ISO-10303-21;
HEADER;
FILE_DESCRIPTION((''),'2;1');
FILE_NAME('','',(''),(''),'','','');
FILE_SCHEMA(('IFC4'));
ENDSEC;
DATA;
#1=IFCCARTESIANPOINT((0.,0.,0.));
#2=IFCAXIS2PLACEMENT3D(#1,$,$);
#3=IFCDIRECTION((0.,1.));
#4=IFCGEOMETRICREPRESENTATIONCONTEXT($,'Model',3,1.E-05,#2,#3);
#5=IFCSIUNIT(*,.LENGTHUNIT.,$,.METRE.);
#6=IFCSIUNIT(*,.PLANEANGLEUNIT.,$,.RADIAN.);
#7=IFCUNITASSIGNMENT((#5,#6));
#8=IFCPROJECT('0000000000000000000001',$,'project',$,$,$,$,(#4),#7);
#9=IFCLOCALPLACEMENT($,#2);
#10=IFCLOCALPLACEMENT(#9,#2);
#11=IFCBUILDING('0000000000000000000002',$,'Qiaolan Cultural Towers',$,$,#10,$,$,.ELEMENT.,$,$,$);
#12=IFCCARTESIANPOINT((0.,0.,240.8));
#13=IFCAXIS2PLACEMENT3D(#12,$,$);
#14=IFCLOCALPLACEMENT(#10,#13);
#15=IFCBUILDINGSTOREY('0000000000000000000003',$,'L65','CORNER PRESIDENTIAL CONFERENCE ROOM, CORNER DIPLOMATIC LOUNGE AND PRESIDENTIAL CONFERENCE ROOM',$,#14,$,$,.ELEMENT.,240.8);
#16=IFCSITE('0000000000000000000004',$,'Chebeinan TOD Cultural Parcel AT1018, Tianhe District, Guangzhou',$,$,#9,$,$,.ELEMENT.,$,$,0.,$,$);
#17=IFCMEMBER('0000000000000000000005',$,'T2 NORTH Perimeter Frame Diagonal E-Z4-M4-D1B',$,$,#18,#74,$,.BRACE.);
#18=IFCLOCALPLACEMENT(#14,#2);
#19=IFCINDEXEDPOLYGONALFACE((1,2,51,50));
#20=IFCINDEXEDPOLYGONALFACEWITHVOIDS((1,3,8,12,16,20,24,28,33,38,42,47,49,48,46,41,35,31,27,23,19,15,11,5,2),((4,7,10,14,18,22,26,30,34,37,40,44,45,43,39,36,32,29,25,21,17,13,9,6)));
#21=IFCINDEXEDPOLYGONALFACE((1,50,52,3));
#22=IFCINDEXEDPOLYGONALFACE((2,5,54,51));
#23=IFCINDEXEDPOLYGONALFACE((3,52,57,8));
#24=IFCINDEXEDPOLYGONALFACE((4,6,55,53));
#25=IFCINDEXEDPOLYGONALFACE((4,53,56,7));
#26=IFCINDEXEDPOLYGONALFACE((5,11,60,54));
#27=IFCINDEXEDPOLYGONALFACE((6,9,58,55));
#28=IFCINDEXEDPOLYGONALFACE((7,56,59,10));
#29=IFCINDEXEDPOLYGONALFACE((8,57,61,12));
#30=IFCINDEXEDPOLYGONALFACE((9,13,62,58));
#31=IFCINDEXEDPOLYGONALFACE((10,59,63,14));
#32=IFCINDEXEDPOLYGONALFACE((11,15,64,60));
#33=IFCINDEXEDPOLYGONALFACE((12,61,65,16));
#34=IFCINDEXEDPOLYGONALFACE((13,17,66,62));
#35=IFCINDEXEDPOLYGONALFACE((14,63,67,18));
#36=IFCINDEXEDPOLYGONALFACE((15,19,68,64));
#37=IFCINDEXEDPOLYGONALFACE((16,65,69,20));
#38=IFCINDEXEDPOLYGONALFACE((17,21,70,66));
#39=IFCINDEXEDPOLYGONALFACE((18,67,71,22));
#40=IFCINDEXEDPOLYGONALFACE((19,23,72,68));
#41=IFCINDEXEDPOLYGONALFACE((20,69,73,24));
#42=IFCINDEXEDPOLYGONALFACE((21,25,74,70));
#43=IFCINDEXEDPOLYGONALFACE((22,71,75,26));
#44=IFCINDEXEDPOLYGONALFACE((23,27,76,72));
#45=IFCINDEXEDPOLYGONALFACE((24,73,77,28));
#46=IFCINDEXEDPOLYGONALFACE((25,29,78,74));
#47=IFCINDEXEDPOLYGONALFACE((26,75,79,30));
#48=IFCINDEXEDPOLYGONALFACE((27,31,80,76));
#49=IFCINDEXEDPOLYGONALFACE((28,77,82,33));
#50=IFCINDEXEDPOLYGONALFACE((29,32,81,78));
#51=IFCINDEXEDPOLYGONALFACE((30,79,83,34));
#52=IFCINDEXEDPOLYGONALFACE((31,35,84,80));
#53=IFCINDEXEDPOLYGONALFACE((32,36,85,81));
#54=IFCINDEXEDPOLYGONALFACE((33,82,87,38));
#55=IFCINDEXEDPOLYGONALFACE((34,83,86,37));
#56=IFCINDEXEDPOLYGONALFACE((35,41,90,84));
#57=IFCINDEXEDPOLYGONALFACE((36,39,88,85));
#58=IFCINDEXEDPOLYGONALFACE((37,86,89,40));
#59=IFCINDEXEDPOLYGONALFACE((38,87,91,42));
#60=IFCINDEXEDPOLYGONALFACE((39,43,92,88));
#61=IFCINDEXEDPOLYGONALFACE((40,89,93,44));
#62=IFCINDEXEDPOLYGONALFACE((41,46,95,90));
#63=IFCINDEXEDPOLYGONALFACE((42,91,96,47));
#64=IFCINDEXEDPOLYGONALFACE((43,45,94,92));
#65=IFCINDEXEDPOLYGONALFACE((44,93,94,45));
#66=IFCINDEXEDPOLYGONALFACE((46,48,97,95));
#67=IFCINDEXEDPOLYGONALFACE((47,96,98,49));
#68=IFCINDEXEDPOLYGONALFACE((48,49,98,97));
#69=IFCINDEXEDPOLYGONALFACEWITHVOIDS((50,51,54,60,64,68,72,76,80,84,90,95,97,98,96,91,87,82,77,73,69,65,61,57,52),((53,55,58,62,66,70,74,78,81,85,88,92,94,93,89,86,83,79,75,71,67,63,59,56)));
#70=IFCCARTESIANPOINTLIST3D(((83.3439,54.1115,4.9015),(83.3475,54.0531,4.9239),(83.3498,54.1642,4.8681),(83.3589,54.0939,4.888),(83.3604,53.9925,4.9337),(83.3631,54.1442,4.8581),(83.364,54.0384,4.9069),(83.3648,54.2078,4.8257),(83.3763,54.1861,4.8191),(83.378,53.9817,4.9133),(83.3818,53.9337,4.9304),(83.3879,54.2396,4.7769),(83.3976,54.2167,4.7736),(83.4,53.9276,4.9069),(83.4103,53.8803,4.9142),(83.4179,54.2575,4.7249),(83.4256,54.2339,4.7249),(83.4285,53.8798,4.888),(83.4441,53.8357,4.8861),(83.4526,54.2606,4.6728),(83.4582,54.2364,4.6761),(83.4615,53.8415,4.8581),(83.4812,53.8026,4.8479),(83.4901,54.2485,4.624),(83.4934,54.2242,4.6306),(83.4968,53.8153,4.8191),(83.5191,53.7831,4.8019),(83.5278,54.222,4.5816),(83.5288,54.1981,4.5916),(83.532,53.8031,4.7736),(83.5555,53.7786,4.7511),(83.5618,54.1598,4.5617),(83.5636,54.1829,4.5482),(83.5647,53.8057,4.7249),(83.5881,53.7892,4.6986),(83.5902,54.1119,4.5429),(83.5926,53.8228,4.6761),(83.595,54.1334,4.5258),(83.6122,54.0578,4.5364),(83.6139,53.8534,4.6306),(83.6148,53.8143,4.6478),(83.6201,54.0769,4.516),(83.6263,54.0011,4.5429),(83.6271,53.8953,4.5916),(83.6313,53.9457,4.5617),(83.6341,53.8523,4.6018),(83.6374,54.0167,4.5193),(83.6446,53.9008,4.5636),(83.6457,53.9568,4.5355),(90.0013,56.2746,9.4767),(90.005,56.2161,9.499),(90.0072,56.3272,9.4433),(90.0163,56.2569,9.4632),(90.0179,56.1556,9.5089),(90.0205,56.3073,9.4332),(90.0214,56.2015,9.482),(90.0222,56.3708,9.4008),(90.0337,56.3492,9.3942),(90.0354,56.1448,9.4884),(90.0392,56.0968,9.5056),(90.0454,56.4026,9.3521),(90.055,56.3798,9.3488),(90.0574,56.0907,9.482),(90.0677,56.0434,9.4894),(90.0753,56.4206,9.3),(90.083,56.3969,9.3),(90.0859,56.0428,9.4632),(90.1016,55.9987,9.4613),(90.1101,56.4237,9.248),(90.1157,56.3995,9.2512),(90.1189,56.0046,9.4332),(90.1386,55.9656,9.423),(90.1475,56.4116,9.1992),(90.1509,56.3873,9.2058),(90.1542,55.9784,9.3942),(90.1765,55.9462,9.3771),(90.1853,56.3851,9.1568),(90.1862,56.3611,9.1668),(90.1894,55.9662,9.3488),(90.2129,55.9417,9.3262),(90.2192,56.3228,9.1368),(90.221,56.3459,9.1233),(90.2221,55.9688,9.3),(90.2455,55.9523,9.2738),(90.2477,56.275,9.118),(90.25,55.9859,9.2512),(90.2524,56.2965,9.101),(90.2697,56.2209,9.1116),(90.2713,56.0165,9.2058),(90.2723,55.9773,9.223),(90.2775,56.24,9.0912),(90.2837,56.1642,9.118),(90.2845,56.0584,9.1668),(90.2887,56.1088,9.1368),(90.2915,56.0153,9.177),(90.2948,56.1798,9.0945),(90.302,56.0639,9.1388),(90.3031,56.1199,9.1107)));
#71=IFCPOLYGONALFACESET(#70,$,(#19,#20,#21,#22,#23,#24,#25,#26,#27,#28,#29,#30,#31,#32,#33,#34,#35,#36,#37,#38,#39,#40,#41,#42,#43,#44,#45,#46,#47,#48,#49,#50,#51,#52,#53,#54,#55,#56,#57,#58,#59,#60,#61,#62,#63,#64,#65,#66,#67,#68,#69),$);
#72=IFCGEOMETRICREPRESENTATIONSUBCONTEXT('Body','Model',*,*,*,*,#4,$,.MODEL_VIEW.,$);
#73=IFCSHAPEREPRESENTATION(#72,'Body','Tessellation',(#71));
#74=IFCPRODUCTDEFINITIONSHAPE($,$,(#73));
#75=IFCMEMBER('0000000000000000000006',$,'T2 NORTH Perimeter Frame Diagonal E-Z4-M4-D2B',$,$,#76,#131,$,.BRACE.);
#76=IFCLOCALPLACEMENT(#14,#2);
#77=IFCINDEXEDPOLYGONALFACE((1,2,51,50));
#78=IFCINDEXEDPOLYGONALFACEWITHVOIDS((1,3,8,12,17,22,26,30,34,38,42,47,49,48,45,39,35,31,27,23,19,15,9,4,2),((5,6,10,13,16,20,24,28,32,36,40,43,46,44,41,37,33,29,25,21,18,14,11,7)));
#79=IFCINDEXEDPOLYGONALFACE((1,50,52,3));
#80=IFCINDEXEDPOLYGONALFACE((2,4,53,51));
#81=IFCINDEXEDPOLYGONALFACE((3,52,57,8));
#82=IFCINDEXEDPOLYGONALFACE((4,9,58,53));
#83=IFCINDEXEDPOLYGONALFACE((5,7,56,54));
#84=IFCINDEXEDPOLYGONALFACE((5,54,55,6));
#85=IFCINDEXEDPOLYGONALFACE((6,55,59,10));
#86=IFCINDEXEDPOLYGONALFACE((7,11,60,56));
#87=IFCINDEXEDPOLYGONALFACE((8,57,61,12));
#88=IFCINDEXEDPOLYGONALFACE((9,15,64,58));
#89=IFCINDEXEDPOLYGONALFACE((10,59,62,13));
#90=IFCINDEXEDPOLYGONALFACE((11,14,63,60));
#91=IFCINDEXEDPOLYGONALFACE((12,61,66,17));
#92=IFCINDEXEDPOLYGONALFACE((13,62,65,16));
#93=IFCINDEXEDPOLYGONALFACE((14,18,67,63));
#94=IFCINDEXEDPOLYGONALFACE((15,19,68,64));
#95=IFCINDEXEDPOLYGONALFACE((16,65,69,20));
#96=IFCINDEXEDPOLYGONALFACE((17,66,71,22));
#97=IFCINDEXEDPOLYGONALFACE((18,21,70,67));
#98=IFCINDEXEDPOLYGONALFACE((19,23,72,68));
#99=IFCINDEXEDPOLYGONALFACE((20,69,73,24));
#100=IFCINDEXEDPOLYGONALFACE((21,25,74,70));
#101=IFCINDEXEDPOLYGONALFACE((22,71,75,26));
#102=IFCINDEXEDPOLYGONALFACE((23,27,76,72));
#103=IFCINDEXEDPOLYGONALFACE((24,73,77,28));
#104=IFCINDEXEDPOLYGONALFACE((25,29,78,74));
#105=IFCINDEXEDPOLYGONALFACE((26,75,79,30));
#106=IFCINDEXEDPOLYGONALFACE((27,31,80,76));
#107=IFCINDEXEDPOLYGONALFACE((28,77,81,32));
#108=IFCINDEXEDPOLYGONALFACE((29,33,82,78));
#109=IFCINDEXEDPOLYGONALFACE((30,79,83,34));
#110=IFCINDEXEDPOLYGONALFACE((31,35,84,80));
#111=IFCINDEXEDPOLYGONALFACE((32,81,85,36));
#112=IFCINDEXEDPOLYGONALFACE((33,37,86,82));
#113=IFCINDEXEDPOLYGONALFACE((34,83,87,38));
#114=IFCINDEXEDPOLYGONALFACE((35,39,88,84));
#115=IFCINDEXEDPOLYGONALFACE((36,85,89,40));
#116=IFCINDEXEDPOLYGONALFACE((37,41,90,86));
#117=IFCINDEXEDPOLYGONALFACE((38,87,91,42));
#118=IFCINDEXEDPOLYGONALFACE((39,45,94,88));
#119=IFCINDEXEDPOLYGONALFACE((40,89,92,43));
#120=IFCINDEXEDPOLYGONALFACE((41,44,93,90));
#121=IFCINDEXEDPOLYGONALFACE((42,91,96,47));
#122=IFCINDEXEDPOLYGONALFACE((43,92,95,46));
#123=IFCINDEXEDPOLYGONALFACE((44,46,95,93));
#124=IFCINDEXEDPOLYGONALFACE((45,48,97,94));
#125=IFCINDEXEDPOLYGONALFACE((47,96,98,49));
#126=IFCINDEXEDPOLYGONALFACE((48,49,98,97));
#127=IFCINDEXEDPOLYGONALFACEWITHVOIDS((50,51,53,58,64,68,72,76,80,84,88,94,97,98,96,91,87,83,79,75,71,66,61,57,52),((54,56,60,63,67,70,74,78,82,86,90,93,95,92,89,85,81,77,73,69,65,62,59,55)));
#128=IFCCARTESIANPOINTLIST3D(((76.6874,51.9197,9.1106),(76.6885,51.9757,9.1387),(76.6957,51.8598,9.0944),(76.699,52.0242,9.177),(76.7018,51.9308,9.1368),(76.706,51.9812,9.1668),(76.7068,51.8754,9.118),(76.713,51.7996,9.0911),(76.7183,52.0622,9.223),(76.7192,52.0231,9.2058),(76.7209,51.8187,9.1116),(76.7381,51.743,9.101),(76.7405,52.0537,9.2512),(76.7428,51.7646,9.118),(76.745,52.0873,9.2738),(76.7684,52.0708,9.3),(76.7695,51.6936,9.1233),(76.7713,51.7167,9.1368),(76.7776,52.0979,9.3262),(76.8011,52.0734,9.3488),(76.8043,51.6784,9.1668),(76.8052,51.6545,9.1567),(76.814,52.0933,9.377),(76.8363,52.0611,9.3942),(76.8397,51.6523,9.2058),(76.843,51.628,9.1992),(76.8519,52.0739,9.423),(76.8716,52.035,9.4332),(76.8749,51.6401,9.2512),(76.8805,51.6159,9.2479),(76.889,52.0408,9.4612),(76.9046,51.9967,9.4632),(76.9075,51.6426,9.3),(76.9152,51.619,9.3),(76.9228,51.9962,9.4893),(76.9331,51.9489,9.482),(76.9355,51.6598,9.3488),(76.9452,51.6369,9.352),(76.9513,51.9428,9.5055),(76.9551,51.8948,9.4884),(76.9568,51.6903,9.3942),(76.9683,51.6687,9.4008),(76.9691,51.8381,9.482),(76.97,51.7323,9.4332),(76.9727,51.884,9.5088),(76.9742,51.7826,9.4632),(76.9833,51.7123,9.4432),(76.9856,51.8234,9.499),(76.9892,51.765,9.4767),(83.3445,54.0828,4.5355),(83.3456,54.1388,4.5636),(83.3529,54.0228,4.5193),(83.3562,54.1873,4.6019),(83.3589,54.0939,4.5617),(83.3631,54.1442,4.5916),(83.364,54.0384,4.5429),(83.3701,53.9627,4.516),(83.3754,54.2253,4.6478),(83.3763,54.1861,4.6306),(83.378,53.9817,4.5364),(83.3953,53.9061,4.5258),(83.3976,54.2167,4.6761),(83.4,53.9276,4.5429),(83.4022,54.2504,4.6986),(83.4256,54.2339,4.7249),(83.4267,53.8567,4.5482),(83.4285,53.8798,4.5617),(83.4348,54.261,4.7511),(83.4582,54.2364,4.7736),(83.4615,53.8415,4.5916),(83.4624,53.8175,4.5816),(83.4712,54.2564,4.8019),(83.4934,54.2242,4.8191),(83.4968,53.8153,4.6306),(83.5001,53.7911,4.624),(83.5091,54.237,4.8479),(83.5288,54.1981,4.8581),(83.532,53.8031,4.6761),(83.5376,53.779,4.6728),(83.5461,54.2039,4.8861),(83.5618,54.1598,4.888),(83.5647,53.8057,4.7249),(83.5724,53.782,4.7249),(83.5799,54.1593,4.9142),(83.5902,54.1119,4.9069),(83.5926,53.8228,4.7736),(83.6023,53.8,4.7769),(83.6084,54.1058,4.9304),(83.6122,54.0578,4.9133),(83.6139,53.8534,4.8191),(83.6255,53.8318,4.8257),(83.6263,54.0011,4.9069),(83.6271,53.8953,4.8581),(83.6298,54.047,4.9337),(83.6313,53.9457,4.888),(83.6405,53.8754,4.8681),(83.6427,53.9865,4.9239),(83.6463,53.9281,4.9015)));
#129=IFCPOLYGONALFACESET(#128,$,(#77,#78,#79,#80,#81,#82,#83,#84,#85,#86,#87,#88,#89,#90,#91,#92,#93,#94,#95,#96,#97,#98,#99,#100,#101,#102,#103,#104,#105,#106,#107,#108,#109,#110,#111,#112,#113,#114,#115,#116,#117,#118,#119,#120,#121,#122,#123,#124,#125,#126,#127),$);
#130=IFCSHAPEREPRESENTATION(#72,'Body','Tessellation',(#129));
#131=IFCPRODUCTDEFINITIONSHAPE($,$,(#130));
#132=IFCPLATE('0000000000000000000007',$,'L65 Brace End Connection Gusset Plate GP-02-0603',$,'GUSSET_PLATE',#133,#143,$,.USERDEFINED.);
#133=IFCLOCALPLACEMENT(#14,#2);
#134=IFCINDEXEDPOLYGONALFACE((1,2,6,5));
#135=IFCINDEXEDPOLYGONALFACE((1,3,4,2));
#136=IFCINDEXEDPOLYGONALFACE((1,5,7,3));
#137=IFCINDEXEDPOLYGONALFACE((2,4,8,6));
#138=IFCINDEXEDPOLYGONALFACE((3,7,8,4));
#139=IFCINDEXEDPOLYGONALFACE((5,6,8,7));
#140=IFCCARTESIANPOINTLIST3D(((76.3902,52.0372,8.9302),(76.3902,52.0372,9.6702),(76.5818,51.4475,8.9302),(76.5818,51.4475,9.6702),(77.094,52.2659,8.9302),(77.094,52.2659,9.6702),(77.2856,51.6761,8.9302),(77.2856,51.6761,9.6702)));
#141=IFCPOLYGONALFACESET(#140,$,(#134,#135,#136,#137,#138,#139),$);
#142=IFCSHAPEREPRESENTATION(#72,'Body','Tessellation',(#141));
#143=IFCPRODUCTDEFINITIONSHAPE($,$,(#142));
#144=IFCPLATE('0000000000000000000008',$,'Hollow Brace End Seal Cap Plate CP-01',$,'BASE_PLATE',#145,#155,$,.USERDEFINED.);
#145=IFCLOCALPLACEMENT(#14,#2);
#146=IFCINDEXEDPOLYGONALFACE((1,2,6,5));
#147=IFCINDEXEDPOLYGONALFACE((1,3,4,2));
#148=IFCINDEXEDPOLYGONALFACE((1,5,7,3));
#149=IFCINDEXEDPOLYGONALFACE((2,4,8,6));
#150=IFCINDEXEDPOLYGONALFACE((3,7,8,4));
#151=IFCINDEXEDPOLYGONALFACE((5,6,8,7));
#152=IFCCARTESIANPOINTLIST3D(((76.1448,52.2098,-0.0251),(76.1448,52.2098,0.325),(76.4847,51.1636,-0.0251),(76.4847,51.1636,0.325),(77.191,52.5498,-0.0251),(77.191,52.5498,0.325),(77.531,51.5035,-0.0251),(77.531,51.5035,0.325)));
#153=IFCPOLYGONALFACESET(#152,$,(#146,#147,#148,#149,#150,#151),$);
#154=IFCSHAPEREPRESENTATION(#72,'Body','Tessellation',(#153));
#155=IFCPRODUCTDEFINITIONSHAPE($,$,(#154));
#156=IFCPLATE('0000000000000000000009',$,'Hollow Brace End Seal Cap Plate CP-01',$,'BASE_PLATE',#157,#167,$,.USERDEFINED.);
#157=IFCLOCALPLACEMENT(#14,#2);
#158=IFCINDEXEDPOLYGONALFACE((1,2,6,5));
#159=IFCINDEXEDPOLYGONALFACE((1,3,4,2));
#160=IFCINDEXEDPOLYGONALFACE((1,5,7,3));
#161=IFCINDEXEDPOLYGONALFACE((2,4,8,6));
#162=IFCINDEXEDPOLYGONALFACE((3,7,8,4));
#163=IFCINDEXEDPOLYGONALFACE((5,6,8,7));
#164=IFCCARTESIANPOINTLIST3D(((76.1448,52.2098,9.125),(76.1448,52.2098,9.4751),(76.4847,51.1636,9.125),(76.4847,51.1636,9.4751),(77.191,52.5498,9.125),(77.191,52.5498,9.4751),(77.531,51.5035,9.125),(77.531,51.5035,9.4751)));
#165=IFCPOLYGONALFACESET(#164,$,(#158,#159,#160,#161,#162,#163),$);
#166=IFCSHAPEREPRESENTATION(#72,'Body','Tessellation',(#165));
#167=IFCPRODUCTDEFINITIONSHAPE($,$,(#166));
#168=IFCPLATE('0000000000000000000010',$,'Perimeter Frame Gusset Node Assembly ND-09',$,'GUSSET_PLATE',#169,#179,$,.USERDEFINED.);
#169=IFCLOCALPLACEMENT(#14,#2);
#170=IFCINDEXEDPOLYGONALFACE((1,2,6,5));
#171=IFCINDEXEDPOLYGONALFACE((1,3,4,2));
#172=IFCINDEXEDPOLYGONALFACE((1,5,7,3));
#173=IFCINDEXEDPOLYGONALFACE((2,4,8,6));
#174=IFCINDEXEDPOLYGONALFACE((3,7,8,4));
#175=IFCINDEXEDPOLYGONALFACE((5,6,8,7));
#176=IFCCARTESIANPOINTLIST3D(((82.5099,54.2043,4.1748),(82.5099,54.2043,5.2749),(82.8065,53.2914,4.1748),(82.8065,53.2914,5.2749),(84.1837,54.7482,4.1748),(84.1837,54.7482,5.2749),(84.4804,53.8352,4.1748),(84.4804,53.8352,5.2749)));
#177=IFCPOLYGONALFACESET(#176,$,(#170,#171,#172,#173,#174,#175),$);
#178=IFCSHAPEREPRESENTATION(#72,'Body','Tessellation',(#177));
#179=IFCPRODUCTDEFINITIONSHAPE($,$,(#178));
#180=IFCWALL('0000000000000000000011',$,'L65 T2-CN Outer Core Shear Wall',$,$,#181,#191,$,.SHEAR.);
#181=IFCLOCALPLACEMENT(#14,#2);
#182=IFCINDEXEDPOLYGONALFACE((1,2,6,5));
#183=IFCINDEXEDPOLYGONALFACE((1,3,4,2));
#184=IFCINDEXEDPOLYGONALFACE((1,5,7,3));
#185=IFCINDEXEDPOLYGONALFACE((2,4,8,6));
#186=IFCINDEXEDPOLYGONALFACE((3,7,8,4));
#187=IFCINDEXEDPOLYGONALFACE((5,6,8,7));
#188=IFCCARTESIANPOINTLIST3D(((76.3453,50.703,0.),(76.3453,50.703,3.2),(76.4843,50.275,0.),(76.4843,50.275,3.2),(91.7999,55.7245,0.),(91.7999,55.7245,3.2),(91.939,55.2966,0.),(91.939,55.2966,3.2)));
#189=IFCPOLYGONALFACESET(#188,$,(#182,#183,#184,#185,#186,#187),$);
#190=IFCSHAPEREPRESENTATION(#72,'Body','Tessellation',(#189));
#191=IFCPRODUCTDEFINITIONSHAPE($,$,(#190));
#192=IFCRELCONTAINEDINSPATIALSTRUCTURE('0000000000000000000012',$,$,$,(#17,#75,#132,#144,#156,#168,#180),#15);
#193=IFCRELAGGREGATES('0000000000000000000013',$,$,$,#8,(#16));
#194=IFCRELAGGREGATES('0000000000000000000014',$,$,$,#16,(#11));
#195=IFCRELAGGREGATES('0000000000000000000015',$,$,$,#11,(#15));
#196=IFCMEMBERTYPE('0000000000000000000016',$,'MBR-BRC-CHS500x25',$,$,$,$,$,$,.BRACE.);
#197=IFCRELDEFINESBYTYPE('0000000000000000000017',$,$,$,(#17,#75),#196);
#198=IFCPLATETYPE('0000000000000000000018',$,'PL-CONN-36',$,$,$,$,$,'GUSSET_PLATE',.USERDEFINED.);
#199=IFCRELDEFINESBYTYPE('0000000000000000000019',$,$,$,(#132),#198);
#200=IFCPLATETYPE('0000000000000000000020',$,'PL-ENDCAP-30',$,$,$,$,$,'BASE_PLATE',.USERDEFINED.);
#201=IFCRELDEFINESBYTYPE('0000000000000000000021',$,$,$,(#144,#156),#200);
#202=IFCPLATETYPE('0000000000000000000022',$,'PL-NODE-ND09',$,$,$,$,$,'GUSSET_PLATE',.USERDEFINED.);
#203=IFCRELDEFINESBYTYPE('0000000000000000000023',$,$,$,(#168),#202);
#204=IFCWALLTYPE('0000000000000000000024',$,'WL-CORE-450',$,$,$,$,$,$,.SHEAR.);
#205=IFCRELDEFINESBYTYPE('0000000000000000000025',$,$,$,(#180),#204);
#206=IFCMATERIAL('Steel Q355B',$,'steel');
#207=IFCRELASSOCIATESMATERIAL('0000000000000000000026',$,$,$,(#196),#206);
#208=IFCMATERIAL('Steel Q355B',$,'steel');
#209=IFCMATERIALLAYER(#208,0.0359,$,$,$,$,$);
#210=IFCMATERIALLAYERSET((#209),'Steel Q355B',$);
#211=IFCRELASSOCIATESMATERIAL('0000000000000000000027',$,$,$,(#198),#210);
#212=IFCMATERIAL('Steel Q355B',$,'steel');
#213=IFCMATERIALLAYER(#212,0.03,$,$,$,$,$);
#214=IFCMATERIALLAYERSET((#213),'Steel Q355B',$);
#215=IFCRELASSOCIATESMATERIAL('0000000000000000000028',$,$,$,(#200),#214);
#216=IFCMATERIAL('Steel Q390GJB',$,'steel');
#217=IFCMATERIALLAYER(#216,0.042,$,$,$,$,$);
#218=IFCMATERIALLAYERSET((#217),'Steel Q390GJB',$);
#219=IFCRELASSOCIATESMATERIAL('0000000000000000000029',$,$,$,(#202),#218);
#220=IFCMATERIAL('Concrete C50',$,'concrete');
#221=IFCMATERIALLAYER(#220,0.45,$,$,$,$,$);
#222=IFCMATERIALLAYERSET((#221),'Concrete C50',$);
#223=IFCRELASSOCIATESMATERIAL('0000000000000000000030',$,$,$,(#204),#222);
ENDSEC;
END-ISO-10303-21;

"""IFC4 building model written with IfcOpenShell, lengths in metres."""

from ifc_helpers import new_model, si_unit, direction, frame, frame_2d, origin, origin_2d, place, context, subcontext, project, spatial, rectangle, hollow_circle, extrude, material, layer, layer_set, material_profile, profile_set, type_object, element, save


model = new_model("IFC4")

# Units and contexts
model_context = context("Model", 3, precision=1e-05, world=origin(), true_north=direction((0.0, 1.0)))
body_context = subcontext(model_context, "Body", "Model", "MODEL_VIEW")
ifc_project = project(units=[si_unit("LENGTHUNIT", "METRE"), si_unit("PLANEANGLEUNIT", "RADIAN")], contexts=[model_context])

# Site, building, storey
site_placement = place(None, origin())
site = spatial("IfcSite", under=ifc_project, at=site_placement, Name="Chebeinan TOD Cultural Parcel AT1018, Tianhe District, Guangzhou", CompositionType="ELEMENT", RefElevation=0.0)
building_placement = place(site_placement, origin())
building = spatial("IfcBuilding", under=site, at=building_placement, Name="Qiaolan Cultural Towers", CompositionType="ELEMENT")
storey_placement = place(building_placement, frame((0.0, 0.0, 240.8)))
storey = spatial("IfcBuildingStorey", under=building, at=storey_placement, Name="L65", Description="CORNER PRESIDENTIAL CONFERENCE ROOM, CORNER DIPLOMATIC LOUNGE AND PRESIDENTIAL CONFERENCE ROOM", CompositionType="ELEMENT", Elevation=240.8)

# Members
ifc_material_1 = material(Name="Steel Q355B", Category="steel")
ifc_material_profile_1 = material_profile(ifc_material_1, hollow_circle(Radius=0.25, WallThickness=0.0249, at=origin_2d()), Name="CHS500x25")
ifc_profile_set_1 = profile_set([ifc_material_profile_1], Name="Steel Q355B")
member_type = type_object("IfcMemberType", Name="MBR-BRC-CHS500x25", PredefinedType="BRACE", material=ifc_profile_set_1)
member_1_placement = place(storey_placement, frame((83.4951, 54.0198, 4.7249), z_axis=(0.796099, 0.258662, 0.547101), x_axis=(-0.30901, 0.951059, 0.0)))
element("IfcMember", 1, at=member_1_placement, inside=storey, type_object=member_type, Name="T2 NORTH Perimeter Frame Diagonal E-Z4-M4-D1B", PredefinedType="BRACE", context=body_context, shape_type="SweptSolid", body=[
    extrude(hollow_circle(Radius=0.25, WallThickness=0.0249, at=origin_2d()), origin(), (0.0, 0.0, 1.0), 8.3625),
])
member_2_placement = place(storey_placement, frame((83.4951, 54.0198, 4.7249), z_axis=(-0.796089, -0.258668, 0.547114), x_axis=(0.30902, -0.951056, 0.0)))
element("IfcMember", 2, at=member_2_placement, inside=storey, type_object=member_type, Name="T2 NORTH Perimeter Frame Diagonal E-Z4-M4-D2B", PredefinedType="BRACE", context=body_context, shape_type="SweptSolid", body=[
    extrude(hollow_circle(Radius=0.25, WallThickness=0.0249, at=origin_2d()), origin(), (0.0, 0.0, 1.0), 8.3623),
])

# Plates
ifc_material_2 = material(Name="Steel Q355B", Category="steel")
ifc_layer_1 = layer(ifc_material_2, 0.0359)
ifc_layer_set_1 = layer_set([ifc_layer_1], Name="Steel Q355B")
plate_type_1 = type_object("IfcPlateType", Name="PL-CONN-36", ElementType="GUSSET_PLATE", PredefinedType="USERDEFINED", material=ifc_layer_set_1)
plate_1_placement = place(storey_placement, frame((76.8379, 51.8567, 8.9302), z_axis=(0.0, 0.0, 1.0), x_axis=(0.951057, 0.309017, 0.0)))
element("IfcPlate", 3, at=plate_1_placement, inside=storey, type_object=plate_type_1, Name="L65 Brace End Connection Gusset Plate GP-02-0603", ObjectType="GUSSET_PLATE", PredefinedType="USERDEFINED", context=body_context, shape_type="SweptSolid", body=[
    extrude(rectangle(XDim=0.74, YDim=0.6201, at=origin_2d()), origin(), (0.0, 0.0, 1.0), 0.74),
])
ifc_material_3 = material(Name="Steel Q355B", Category="steel")
ifc_layer_2 = layer(ifc_material_3, 0.03)
ifc_layer_set_2 = layer_set([ifc_layer_2], Name="Steel Q355B")
plate_type_2 = type_object("IfcPlateType", Name="PL-ENDCAP-30", ElementType="BASE_PLATE", PredefinedType="USERDEFINED", material=ifc_layer_set_2)
for number, where, z_axis, x_axis, name in (
    (4, (76.8379, 51.8567, -0.0251), (0.0, 0.0, 1.0), (0.951057, 0.309017, 0.0), "Hollow Brace End Seal Cap Plate CP-01"),
    (5, (76.8379, 51.8567, 9.125), (0.0, 0.0, 1.0), (0.951057, 0.309017, 0.0), "Hollow Brace End Seal Cap Plate CP-01"),
):
    element("IfcPlate", number, at=place(storey_placement, frame(where, z_axis=z_axis, x_axis=x_axis)), inside=storey, type_object=plate_type_2, Name=name, ObjectType="BASE_PLATE", PredefinedType="USERDEFINED", context=body_context, shape_type="SweptSolid", body=[
        extrude(rectangle(XDim=1.1001, YDim=1.1001, at=origin_2d()), origin(), (0.0, 0.0, 1.0), 0.3501),
    ])
ifc_material_4 = material(Name="Steel Q390GJB", Category="steel")
ifc_layer_3 = layer(ifc_material_4, 0.042)
ifc_layer_set_3 = layer_set([ifc_layer_3], Name="Steel Q390GJB")
plate_type_3 = type_object("IfcPlateType", Name="PL-NODE-ND09", ElementType="GUSSET_PLATE", PredefinedType="USERDEFINED", material=ifc_layer_set_3)
plate_2_placement = place(storey_placement, frame((83.4951, 54.0198, 4.1748), z_axis=(0.0, 0.0, 1.0), x_axis=(0.951057, 0.309017, 0.0)))
element("IfcPlate", 6, at=plate_2_placement, inside=storey, type_object=plate_type_3, Name="Perimeter Frame Gusset Node Assembly ND-09", ObjectType="GUSSET_PLATE", PredefinedType="USERDEFINED", context=body_context, shape_type="SweptSolid", body=[
    extrude(rectangle(XDim=1.76, YDim=0.96, at=origin_2d()), origin(), (0.0, 0.0, 1.0), 1.1001),
])

# Wall
ifc_material_5 = material(Name="Concrete C50", Category="concrete")
ifc_layer_4 = layer(ifc_material_5, 0.45)
ifc_layer_set_4 = layer_set([ifc_layer_4], Name="Concrete C50")
wall_type_1 = type_object("IfcWallType", Name="WL-CORE-450", PredefinedType="SHEAR", material=ifc_layer_set_4)
wall_1_placement = place(storey_placement, frame((76.4148, 50.489, 0.0), z_axis=(0.0, 0.0, 1.0), x_axis=(0.951057, 0.309016, 0.0)))
element("IfcWall", 7, at=wall_1_placement, inside=storey, type_object=wall_type_1, Name="L65 T2-CN Outer Core Shear Wall", PredefinedType="SHEAR", context=body_context, shape_type="SweptSolid", body=[
    extrude(rectangle(XDim=16.25, YDim=0.45, at=frame_2d((8.125, 0.0))), origin(), (0.0, 0.0, 1.0), 3.2),
])

save(model, "model.ifc")
